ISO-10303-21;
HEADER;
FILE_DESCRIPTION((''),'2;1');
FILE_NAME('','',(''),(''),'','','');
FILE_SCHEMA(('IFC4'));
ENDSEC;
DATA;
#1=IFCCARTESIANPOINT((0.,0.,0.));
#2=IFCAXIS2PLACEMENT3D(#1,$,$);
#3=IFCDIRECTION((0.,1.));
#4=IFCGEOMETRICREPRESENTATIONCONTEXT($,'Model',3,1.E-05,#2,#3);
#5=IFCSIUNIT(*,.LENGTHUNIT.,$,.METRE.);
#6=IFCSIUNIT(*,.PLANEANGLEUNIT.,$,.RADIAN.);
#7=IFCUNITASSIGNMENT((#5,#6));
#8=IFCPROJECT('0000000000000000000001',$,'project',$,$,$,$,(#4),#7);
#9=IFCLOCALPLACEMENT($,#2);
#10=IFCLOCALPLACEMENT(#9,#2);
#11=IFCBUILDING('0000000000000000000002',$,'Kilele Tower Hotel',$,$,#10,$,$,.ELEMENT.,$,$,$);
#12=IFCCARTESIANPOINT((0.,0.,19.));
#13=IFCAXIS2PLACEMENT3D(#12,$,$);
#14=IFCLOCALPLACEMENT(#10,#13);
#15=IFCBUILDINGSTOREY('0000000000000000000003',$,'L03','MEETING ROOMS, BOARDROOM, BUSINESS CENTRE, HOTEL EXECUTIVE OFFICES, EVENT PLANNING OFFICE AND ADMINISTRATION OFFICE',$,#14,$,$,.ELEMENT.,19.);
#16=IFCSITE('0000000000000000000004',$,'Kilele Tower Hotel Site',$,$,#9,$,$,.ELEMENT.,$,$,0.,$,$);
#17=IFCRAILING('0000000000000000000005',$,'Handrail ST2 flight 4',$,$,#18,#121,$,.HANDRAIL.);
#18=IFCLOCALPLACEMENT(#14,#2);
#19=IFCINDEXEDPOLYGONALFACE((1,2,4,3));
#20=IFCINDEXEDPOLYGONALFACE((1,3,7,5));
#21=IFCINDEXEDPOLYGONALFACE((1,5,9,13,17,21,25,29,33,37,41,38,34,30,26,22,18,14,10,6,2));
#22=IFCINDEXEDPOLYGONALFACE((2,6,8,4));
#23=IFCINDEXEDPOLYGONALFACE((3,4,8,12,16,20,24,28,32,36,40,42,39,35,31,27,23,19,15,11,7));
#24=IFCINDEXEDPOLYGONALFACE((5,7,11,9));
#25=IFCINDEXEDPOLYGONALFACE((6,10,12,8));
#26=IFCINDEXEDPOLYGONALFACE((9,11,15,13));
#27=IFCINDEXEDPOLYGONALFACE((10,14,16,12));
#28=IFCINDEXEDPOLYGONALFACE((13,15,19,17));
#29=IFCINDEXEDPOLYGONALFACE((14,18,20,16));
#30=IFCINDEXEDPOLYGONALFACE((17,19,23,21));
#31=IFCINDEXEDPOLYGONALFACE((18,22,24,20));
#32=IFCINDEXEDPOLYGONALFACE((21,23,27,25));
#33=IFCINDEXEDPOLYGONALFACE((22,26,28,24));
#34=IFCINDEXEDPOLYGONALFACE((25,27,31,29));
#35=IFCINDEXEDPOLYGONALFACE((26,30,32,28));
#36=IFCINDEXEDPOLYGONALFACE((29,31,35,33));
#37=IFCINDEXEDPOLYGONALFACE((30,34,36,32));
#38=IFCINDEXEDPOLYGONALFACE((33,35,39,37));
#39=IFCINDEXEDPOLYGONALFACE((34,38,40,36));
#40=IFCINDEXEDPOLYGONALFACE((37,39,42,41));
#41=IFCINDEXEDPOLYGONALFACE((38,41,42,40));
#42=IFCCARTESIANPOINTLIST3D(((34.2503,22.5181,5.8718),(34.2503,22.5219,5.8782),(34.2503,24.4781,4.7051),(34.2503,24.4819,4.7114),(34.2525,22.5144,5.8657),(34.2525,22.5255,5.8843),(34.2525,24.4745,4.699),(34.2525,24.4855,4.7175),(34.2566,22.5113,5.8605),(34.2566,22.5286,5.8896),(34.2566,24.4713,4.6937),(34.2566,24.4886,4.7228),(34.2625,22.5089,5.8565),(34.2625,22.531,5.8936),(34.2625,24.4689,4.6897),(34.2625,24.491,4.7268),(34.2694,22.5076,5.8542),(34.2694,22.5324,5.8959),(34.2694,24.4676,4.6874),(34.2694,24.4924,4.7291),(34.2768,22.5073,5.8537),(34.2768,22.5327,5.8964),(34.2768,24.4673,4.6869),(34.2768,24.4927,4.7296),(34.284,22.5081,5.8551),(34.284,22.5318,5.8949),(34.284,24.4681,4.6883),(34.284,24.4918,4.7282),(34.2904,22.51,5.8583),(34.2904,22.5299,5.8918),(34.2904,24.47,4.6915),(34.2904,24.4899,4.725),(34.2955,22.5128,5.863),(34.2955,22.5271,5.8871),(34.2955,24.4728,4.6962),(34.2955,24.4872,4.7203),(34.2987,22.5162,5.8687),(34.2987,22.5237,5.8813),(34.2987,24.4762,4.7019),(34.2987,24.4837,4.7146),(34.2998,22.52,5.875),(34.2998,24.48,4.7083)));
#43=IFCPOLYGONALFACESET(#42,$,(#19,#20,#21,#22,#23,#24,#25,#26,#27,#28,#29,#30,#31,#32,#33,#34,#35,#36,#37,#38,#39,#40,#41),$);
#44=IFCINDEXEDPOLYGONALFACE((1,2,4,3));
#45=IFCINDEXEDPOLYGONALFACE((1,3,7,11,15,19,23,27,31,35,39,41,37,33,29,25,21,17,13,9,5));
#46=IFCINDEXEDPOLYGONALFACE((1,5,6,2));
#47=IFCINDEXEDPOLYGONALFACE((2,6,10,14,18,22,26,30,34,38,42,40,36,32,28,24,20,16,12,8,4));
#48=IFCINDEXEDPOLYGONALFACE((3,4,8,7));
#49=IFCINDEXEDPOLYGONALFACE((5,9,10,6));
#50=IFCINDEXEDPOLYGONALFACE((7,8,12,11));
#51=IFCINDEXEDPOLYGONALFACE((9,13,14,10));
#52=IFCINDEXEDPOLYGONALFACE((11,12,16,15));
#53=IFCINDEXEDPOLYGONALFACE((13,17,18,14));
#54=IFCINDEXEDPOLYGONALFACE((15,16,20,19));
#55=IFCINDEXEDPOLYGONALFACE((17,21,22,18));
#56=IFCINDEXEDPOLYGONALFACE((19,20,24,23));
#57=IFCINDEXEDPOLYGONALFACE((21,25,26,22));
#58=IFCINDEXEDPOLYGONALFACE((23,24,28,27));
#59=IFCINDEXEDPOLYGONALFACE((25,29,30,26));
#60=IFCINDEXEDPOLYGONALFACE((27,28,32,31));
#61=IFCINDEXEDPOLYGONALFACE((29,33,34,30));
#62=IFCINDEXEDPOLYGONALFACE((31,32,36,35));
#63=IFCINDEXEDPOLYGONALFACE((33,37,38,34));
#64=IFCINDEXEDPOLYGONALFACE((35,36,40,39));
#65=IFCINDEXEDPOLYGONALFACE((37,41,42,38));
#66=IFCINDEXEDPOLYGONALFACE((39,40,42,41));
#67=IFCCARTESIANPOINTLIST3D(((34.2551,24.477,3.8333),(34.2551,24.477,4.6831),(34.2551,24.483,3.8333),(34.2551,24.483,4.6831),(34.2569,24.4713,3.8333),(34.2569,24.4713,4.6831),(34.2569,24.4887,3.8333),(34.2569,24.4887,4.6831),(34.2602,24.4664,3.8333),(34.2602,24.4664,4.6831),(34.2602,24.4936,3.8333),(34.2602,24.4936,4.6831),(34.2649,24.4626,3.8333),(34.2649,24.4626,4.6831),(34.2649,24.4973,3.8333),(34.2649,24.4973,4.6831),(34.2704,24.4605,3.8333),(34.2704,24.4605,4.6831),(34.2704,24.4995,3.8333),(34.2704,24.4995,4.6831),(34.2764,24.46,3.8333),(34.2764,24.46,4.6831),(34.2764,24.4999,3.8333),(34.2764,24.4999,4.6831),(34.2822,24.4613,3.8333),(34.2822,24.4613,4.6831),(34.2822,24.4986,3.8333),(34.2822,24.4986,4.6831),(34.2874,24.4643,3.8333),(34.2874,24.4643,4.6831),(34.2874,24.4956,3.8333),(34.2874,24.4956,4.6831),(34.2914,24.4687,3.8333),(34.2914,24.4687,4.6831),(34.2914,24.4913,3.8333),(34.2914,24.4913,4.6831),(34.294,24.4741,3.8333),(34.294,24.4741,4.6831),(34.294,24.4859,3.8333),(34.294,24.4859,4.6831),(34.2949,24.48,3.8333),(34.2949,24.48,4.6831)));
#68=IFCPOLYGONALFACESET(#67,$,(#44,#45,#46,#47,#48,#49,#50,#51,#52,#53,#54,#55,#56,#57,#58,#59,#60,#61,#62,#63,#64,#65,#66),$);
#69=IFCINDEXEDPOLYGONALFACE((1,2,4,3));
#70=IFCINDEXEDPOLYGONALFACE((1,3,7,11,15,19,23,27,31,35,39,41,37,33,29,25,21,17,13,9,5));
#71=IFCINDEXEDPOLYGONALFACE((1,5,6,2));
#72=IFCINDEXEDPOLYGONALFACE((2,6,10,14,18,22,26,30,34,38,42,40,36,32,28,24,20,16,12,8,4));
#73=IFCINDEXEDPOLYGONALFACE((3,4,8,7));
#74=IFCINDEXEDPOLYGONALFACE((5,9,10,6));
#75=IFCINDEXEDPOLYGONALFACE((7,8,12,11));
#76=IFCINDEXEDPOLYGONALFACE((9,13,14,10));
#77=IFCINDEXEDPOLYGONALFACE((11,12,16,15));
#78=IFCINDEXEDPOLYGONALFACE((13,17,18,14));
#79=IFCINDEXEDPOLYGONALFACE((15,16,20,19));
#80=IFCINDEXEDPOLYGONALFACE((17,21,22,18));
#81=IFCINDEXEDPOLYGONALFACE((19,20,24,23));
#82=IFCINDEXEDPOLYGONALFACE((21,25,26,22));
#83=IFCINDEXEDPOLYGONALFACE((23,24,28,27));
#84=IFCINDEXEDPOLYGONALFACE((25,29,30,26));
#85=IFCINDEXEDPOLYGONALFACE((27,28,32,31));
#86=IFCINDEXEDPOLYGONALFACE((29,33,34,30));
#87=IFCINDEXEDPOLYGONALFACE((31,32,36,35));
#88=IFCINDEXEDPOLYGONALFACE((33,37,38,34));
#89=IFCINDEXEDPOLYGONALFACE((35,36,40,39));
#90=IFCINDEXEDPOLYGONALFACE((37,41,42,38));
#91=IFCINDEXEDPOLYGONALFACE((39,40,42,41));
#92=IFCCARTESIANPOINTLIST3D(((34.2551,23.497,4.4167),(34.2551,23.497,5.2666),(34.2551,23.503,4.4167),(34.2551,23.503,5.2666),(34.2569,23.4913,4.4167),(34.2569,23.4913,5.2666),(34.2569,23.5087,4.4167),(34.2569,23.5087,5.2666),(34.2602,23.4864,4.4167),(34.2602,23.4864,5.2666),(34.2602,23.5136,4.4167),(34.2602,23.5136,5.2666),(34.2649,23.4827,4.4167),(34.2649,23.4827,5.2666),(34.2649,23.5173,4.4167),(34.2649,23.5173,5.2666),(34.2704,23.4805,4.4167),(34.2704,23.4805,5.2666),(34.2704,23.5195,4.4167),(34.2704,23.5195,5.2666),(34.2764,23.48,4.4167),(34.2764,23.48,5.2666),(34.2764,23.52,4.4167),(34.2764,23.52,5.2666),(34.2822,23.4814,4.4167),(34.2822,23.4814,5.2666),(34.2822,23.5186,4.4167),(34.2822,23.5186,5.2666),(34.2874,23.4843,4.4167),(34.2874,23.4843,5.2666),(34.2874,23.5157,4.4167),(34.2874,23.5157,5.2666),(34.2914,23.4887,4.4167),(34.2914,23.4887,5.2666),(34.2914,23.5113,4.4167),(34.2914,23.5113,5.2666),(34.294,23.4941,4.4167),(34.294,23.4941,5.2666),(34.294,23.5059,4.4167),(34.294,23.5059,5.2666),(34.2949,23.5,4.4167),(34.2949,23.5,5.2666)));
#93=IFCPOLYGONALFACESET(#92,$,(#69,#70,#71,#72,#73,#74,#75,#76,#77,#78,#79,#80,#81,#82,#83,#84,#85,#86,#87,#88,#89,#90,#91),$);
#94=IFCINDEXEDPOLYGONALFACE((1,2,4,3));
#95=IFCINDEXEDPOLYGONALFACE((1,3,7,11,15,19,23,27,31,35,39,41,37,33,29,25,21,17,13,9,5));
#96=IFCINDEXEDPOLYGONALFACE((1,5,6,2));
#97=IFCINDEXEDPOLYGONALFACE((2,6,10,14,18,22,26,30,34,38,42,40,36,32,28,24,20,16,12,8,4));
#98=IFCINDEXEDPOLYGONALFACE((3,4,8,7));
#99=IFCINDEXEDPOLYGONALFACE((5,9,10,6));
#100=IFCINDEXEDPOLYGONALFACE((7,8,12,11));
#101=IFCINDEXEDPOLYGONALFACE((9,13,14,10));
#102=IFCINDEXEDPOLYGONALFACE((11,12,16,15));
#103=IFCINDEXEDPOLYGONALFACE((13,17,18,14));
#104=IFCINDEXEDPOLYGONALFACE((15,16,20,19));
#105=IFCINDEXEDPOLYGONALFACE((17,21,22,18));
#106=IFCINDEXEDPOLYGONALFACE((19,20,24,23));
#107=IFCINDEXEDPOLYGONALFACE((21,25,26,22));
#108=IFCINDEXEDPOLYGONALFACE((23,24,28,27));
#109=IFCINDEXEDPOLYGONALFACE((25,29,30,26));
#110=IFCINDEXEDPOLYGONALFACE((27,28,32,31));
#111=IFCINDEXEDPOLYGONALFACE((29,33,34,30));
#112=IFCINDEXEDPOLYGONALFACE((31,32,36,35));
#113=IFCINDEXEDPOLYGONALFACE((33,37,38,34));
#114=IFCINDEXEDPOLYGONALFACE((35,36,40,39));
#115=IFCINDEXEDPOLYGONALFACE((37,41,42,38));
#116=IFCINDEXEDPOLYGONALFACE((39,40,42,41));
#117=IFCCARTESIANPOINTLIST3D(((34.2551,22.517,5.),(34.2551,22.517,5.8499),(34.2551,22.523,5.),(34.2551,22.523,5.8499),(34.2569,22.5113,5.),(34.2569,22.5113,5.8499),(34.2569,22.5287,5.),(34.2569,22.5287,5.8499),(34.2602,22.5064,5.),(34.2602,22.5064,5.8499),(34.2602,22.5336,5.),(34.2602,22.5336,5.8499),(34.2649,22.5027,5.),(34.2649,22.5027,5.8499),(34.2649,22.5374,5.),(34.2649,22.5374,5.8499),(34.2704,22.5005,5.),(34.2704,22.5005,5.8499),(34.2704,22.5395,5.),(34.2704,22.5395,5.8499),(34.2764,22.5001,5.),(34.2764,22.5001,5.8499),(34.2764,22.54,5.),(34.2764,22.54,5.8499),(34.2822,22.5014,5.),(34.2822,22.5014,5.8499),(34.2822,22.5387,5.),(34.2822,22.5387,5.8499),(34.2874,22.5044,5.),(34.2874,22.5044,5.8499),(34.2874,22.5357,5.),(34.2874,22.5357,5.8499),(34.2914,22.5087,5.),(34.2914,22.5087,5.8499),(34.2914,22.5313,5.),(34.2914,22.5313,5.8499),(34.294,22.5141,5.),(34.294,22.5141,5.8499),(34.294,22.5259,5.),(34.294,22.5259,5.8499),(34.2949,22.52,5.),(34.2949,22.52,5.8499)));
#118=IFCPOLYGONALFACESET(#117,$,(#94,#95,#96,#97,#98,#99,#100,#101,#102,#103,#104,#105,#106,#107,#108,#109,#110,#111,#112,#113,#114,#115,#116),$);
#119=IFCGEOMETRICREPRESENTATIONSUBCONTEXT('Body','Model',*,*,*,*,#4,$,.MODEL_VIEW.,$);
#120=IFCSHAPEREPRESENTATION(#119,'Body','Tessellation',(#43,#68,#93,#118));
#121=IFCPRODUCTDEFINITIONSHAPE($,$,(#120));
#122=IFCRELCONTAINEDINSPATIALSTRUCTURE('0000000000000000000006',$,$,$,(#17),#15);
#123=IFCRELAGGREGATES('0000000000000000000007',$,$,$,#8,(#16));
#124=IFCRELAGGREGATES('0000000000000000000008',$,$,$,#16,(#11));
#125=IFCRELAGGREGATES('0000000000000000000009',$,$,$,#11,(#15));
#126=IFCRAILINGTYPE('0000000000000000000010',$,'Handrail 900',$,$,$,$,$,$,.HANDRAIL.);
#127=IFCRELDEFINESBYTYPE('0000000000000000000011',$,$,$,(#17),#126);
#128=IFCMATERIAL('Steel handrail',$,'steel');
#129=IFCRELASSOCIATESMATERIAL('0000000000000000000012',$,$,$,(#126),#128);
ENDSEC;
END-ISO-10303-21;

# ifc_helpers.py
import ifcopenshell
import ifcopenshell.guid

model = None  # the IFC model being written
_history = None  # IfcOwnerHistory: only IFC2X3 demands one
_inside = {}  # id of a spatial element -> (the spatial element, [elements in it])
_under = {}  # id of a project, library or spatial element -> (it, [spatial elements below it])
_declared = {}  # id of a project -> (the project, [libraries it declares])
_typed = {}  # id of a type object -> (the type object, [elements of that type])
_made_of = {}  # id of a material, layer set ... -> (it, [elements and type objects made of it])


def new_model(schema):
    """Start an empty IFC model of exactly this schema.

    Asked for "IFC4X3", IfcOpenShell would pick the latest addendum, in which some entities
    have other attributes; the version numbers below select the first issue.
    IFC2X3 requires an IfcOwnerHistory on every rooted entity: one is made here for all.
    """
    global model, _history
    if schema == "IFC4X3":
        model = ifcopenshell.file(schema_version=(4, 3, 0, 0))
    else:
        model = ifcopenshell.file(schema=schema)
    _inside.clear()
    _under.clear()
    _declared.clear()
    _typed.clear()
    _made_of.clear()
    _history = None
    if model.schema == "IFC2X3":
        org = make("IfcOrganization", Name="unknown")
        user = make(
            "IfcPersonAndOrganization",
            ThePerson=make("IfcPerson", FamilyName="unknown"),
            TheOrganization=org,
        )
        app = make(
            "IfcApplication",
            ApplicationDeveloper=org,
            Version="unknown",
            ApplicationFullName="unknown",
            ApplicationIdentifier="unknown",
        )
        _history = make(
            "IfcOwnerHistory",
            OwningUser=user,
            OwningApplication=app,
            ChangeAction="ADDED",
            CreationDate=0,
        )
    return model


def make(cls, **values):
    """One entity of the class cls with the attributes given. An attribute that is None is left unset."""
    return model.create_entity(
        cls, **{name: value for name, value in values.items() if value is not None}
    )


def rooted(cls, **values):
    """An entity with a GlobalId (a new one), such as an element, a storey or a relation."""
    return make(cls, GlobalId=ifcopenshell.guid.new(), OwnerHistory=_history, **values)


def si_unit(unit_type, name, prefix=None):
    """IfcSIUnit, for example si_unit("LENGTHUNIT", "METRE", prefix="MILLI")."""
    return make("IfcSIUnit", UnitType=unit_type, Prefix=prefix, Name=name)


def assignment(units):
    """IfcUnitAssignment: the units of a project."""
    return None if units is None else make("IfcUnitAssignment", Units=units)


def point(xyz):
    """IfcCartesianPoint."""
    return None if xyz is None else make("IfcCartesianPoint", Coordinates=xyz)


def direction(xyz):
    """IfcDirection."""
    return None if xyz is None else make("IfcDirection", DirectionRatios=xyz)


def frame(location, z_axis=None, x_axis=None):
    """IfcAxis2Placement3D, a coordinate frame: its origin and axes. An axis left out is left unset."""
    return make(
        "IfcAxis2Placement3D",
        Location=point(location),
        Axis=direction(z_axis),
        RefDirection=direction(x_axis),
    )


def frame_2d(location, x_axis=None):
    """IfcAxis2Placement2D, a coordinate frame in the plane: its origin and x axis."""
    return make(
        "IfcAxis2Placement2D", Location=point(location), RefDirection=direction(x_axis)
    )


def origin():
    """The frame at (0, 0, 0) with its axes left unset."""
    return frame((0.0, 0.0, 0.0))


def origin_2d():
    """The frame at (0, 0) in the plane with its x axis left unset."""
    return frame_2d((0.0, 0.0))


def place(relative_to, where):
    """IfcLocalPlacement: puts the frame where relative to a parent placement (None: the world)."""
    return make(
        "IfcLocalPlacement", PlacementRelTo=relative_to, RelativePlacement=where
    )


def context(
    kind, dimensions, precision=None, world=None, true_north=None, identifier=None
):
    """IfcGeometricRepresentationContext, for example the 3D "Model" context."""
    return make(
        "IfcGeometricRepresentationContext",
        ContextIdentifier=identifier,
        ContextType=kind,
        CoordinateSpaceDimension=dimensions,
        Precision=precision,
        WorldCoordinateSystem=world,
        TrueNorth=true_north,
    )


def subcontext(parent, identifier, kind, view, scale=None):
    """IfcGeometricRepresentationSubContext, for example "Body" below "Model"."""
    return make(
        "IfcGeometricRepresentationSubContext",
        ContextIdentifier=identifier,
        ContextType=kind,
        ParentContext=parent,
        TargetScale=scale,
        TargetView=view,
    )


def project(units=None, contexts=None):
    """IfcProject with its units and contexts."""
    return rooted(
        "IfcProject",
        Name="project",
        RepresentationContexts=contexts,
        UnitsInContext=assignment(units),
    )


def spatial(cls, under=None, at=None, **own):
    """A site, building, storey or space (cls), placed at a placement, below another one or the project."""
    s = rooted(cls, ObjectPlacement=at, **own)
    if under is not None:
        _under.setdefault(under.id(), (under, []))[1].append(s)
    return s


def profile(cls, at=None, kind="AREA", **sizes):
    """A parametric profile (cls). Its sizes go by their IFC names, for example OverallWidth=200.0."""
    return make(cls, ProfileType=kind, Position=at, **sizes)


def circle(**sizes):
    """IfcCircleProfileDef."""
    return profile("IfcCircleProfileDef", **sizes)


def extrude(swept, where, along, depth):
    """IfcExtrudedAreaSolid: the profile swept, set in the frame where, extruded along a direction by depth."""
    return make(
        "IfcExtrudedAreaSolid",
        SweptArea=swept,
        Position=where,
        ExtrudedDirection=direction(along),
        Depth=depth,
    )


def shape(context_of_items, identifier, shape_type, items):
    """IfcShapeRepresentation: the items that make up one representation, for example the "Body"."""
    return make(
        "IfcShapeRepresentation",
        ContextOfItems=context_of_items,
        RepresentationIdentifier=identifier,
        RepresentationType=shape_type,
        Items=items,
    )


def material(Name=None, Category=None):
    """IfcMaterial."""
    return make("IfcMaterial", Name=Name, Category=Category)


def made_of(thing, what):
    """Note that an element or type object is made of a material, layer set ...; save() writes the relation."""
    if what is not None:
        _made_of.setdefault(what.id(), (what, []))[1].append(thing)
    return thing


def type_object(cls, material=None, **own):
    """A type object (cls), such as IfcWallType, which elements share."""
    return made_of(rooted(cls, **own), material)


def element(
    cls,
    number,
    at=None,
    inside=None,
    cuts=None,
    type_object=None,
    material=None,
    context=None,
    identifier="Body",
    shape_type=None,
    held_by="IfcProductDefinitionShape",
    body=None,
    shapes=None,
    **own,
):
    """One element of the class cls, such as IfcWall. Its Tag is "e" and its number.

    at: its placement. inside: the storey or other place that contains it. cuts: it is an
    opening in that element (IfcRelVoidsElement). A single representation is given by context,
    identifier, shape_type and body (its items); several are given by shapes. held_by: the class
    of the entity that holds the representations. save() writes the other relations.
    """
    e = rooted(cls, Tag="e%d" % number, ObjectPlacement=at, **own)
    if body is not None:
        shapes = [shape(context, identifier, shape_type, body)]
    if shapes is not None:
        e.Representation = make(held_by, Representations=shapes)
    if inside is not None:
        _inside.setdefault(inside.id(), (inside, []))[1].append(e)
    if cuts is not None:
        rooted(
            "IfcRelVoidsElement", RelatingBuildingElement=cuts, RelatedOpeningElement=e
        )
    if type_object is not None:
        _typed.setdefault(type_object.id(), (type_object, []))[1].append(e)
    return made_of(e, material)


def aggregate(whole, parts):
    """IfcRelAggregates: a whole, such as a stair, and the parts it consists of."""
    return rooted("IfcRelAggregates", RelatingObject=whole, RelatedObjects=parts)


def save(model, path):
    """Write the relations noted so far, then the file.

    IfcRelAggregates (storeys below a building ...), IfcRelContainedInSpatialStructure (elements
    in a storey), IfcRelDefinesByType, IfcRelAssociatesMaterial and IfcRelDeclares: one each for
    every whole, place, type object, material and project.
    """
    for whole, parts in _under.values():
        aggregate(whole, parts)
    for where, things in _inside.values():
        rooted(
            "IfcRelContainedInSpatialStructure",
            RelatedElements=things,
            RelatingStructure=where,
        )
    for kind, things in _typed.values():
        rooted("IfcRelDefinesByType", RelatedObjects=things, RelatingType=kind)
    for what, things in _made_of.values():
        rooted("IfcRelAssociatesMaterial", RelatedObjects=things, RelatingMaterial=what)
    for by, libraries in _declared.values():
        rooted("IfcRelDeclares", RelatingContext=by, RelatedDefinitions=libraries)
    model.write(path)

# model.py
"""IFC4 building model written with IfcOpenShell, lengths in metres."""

from ifc_helpers import new_model, si_unit, direction, frame, origin, origin_2d, place, context, subcontext, project, spatial, circle, extrude, material, type_object, element, save


model = new_model("IFC4")

# Units and contexts
model_context = context("Model", 3, precision=1e-05, world=origin(), true_north=direction((0.0, 1.0)))
body_context = subcontext(model_context, "Body", "Model", "MODEL_VIEW")
ifc_project = project(units=[si_unit("LENGTHUNIT", "METRE"), si_unit("PLANEANGLEUNIT", "RADIAN")], contexts=[model_context])

# Site, building, storey
site_placement = place(None, origin())
site = spatial("IfcSite", under=ifc_project, at=site_placement, Name="Kilele Tower Hotel Site", CompositionType="ELEMENT", RefElevation=0.0)
building_placement = place(site_placement, origin())
building = spatial("IfcBuilding", under=site, at=building_placement, Name="Kilele Tower Hotel", CompositionType="ELEMENT")
storey_placement = place(building_placement, frame((0.0, 0.0, 19.0)))
storey = spatial("IfcBuildingStorey", under=building, at=storey_placement, Name="L03", Description="MEETING ROOMS, BOARDROOM, BUSINESS CENTRE, HOTEL EXECUTIVE OFFICES, EVENT PLANNING OFFICE AND ADMINISTRATION OFFICE", CompositionType="ELEMENT", Elevation=19.0)

# Railing
ifc_material_1 = material(Name="Steel handrail", Category="steel")
railing_type_1 = type_object("IfcRailingType", Name="Handrail 900", PredefinedType="HANDRAIL", material=ifc_material_1)
railing_1_placement = place(storey_placement, frame((34.2749, 24.48, 3.8333)))
element("IfcRailing", 1, at=railing_1_placement, inside=storey, type_object=railing_type_1, Name="Handrail ST2 flight 4", PredefinedType="HANDRAIL", context=body_context, shape_type="SweptSolid", body=[
    extrude(circle(Radius=0.0249, at=origin_2d()), frame((0.0, 0.0, 0.875), z_axis=(0.0, -0.859273, 0.511518), x_axis=(1.0, 0.0, 0.0)), (0.0, 0.0, 1.0), 2.281),
    extrude(circle(Radius=0.02, at=origin_2d()), origin(), (0.0, 0.0, 1.0), 0.8499),
    extrude(circle(Radius=0.02, at=origin_2d()), frame((0.0, -0.98, 0.5835)), (0.0, 0.0, 1.0), 0.8499),
    extrude(circle(Radius=0.02, at=origin_2d()), frame((0.0, -1.96, 1.1667)), (0.0, 0.0, 1.0), 0.8499),
])

save(model, "model.ifc")
